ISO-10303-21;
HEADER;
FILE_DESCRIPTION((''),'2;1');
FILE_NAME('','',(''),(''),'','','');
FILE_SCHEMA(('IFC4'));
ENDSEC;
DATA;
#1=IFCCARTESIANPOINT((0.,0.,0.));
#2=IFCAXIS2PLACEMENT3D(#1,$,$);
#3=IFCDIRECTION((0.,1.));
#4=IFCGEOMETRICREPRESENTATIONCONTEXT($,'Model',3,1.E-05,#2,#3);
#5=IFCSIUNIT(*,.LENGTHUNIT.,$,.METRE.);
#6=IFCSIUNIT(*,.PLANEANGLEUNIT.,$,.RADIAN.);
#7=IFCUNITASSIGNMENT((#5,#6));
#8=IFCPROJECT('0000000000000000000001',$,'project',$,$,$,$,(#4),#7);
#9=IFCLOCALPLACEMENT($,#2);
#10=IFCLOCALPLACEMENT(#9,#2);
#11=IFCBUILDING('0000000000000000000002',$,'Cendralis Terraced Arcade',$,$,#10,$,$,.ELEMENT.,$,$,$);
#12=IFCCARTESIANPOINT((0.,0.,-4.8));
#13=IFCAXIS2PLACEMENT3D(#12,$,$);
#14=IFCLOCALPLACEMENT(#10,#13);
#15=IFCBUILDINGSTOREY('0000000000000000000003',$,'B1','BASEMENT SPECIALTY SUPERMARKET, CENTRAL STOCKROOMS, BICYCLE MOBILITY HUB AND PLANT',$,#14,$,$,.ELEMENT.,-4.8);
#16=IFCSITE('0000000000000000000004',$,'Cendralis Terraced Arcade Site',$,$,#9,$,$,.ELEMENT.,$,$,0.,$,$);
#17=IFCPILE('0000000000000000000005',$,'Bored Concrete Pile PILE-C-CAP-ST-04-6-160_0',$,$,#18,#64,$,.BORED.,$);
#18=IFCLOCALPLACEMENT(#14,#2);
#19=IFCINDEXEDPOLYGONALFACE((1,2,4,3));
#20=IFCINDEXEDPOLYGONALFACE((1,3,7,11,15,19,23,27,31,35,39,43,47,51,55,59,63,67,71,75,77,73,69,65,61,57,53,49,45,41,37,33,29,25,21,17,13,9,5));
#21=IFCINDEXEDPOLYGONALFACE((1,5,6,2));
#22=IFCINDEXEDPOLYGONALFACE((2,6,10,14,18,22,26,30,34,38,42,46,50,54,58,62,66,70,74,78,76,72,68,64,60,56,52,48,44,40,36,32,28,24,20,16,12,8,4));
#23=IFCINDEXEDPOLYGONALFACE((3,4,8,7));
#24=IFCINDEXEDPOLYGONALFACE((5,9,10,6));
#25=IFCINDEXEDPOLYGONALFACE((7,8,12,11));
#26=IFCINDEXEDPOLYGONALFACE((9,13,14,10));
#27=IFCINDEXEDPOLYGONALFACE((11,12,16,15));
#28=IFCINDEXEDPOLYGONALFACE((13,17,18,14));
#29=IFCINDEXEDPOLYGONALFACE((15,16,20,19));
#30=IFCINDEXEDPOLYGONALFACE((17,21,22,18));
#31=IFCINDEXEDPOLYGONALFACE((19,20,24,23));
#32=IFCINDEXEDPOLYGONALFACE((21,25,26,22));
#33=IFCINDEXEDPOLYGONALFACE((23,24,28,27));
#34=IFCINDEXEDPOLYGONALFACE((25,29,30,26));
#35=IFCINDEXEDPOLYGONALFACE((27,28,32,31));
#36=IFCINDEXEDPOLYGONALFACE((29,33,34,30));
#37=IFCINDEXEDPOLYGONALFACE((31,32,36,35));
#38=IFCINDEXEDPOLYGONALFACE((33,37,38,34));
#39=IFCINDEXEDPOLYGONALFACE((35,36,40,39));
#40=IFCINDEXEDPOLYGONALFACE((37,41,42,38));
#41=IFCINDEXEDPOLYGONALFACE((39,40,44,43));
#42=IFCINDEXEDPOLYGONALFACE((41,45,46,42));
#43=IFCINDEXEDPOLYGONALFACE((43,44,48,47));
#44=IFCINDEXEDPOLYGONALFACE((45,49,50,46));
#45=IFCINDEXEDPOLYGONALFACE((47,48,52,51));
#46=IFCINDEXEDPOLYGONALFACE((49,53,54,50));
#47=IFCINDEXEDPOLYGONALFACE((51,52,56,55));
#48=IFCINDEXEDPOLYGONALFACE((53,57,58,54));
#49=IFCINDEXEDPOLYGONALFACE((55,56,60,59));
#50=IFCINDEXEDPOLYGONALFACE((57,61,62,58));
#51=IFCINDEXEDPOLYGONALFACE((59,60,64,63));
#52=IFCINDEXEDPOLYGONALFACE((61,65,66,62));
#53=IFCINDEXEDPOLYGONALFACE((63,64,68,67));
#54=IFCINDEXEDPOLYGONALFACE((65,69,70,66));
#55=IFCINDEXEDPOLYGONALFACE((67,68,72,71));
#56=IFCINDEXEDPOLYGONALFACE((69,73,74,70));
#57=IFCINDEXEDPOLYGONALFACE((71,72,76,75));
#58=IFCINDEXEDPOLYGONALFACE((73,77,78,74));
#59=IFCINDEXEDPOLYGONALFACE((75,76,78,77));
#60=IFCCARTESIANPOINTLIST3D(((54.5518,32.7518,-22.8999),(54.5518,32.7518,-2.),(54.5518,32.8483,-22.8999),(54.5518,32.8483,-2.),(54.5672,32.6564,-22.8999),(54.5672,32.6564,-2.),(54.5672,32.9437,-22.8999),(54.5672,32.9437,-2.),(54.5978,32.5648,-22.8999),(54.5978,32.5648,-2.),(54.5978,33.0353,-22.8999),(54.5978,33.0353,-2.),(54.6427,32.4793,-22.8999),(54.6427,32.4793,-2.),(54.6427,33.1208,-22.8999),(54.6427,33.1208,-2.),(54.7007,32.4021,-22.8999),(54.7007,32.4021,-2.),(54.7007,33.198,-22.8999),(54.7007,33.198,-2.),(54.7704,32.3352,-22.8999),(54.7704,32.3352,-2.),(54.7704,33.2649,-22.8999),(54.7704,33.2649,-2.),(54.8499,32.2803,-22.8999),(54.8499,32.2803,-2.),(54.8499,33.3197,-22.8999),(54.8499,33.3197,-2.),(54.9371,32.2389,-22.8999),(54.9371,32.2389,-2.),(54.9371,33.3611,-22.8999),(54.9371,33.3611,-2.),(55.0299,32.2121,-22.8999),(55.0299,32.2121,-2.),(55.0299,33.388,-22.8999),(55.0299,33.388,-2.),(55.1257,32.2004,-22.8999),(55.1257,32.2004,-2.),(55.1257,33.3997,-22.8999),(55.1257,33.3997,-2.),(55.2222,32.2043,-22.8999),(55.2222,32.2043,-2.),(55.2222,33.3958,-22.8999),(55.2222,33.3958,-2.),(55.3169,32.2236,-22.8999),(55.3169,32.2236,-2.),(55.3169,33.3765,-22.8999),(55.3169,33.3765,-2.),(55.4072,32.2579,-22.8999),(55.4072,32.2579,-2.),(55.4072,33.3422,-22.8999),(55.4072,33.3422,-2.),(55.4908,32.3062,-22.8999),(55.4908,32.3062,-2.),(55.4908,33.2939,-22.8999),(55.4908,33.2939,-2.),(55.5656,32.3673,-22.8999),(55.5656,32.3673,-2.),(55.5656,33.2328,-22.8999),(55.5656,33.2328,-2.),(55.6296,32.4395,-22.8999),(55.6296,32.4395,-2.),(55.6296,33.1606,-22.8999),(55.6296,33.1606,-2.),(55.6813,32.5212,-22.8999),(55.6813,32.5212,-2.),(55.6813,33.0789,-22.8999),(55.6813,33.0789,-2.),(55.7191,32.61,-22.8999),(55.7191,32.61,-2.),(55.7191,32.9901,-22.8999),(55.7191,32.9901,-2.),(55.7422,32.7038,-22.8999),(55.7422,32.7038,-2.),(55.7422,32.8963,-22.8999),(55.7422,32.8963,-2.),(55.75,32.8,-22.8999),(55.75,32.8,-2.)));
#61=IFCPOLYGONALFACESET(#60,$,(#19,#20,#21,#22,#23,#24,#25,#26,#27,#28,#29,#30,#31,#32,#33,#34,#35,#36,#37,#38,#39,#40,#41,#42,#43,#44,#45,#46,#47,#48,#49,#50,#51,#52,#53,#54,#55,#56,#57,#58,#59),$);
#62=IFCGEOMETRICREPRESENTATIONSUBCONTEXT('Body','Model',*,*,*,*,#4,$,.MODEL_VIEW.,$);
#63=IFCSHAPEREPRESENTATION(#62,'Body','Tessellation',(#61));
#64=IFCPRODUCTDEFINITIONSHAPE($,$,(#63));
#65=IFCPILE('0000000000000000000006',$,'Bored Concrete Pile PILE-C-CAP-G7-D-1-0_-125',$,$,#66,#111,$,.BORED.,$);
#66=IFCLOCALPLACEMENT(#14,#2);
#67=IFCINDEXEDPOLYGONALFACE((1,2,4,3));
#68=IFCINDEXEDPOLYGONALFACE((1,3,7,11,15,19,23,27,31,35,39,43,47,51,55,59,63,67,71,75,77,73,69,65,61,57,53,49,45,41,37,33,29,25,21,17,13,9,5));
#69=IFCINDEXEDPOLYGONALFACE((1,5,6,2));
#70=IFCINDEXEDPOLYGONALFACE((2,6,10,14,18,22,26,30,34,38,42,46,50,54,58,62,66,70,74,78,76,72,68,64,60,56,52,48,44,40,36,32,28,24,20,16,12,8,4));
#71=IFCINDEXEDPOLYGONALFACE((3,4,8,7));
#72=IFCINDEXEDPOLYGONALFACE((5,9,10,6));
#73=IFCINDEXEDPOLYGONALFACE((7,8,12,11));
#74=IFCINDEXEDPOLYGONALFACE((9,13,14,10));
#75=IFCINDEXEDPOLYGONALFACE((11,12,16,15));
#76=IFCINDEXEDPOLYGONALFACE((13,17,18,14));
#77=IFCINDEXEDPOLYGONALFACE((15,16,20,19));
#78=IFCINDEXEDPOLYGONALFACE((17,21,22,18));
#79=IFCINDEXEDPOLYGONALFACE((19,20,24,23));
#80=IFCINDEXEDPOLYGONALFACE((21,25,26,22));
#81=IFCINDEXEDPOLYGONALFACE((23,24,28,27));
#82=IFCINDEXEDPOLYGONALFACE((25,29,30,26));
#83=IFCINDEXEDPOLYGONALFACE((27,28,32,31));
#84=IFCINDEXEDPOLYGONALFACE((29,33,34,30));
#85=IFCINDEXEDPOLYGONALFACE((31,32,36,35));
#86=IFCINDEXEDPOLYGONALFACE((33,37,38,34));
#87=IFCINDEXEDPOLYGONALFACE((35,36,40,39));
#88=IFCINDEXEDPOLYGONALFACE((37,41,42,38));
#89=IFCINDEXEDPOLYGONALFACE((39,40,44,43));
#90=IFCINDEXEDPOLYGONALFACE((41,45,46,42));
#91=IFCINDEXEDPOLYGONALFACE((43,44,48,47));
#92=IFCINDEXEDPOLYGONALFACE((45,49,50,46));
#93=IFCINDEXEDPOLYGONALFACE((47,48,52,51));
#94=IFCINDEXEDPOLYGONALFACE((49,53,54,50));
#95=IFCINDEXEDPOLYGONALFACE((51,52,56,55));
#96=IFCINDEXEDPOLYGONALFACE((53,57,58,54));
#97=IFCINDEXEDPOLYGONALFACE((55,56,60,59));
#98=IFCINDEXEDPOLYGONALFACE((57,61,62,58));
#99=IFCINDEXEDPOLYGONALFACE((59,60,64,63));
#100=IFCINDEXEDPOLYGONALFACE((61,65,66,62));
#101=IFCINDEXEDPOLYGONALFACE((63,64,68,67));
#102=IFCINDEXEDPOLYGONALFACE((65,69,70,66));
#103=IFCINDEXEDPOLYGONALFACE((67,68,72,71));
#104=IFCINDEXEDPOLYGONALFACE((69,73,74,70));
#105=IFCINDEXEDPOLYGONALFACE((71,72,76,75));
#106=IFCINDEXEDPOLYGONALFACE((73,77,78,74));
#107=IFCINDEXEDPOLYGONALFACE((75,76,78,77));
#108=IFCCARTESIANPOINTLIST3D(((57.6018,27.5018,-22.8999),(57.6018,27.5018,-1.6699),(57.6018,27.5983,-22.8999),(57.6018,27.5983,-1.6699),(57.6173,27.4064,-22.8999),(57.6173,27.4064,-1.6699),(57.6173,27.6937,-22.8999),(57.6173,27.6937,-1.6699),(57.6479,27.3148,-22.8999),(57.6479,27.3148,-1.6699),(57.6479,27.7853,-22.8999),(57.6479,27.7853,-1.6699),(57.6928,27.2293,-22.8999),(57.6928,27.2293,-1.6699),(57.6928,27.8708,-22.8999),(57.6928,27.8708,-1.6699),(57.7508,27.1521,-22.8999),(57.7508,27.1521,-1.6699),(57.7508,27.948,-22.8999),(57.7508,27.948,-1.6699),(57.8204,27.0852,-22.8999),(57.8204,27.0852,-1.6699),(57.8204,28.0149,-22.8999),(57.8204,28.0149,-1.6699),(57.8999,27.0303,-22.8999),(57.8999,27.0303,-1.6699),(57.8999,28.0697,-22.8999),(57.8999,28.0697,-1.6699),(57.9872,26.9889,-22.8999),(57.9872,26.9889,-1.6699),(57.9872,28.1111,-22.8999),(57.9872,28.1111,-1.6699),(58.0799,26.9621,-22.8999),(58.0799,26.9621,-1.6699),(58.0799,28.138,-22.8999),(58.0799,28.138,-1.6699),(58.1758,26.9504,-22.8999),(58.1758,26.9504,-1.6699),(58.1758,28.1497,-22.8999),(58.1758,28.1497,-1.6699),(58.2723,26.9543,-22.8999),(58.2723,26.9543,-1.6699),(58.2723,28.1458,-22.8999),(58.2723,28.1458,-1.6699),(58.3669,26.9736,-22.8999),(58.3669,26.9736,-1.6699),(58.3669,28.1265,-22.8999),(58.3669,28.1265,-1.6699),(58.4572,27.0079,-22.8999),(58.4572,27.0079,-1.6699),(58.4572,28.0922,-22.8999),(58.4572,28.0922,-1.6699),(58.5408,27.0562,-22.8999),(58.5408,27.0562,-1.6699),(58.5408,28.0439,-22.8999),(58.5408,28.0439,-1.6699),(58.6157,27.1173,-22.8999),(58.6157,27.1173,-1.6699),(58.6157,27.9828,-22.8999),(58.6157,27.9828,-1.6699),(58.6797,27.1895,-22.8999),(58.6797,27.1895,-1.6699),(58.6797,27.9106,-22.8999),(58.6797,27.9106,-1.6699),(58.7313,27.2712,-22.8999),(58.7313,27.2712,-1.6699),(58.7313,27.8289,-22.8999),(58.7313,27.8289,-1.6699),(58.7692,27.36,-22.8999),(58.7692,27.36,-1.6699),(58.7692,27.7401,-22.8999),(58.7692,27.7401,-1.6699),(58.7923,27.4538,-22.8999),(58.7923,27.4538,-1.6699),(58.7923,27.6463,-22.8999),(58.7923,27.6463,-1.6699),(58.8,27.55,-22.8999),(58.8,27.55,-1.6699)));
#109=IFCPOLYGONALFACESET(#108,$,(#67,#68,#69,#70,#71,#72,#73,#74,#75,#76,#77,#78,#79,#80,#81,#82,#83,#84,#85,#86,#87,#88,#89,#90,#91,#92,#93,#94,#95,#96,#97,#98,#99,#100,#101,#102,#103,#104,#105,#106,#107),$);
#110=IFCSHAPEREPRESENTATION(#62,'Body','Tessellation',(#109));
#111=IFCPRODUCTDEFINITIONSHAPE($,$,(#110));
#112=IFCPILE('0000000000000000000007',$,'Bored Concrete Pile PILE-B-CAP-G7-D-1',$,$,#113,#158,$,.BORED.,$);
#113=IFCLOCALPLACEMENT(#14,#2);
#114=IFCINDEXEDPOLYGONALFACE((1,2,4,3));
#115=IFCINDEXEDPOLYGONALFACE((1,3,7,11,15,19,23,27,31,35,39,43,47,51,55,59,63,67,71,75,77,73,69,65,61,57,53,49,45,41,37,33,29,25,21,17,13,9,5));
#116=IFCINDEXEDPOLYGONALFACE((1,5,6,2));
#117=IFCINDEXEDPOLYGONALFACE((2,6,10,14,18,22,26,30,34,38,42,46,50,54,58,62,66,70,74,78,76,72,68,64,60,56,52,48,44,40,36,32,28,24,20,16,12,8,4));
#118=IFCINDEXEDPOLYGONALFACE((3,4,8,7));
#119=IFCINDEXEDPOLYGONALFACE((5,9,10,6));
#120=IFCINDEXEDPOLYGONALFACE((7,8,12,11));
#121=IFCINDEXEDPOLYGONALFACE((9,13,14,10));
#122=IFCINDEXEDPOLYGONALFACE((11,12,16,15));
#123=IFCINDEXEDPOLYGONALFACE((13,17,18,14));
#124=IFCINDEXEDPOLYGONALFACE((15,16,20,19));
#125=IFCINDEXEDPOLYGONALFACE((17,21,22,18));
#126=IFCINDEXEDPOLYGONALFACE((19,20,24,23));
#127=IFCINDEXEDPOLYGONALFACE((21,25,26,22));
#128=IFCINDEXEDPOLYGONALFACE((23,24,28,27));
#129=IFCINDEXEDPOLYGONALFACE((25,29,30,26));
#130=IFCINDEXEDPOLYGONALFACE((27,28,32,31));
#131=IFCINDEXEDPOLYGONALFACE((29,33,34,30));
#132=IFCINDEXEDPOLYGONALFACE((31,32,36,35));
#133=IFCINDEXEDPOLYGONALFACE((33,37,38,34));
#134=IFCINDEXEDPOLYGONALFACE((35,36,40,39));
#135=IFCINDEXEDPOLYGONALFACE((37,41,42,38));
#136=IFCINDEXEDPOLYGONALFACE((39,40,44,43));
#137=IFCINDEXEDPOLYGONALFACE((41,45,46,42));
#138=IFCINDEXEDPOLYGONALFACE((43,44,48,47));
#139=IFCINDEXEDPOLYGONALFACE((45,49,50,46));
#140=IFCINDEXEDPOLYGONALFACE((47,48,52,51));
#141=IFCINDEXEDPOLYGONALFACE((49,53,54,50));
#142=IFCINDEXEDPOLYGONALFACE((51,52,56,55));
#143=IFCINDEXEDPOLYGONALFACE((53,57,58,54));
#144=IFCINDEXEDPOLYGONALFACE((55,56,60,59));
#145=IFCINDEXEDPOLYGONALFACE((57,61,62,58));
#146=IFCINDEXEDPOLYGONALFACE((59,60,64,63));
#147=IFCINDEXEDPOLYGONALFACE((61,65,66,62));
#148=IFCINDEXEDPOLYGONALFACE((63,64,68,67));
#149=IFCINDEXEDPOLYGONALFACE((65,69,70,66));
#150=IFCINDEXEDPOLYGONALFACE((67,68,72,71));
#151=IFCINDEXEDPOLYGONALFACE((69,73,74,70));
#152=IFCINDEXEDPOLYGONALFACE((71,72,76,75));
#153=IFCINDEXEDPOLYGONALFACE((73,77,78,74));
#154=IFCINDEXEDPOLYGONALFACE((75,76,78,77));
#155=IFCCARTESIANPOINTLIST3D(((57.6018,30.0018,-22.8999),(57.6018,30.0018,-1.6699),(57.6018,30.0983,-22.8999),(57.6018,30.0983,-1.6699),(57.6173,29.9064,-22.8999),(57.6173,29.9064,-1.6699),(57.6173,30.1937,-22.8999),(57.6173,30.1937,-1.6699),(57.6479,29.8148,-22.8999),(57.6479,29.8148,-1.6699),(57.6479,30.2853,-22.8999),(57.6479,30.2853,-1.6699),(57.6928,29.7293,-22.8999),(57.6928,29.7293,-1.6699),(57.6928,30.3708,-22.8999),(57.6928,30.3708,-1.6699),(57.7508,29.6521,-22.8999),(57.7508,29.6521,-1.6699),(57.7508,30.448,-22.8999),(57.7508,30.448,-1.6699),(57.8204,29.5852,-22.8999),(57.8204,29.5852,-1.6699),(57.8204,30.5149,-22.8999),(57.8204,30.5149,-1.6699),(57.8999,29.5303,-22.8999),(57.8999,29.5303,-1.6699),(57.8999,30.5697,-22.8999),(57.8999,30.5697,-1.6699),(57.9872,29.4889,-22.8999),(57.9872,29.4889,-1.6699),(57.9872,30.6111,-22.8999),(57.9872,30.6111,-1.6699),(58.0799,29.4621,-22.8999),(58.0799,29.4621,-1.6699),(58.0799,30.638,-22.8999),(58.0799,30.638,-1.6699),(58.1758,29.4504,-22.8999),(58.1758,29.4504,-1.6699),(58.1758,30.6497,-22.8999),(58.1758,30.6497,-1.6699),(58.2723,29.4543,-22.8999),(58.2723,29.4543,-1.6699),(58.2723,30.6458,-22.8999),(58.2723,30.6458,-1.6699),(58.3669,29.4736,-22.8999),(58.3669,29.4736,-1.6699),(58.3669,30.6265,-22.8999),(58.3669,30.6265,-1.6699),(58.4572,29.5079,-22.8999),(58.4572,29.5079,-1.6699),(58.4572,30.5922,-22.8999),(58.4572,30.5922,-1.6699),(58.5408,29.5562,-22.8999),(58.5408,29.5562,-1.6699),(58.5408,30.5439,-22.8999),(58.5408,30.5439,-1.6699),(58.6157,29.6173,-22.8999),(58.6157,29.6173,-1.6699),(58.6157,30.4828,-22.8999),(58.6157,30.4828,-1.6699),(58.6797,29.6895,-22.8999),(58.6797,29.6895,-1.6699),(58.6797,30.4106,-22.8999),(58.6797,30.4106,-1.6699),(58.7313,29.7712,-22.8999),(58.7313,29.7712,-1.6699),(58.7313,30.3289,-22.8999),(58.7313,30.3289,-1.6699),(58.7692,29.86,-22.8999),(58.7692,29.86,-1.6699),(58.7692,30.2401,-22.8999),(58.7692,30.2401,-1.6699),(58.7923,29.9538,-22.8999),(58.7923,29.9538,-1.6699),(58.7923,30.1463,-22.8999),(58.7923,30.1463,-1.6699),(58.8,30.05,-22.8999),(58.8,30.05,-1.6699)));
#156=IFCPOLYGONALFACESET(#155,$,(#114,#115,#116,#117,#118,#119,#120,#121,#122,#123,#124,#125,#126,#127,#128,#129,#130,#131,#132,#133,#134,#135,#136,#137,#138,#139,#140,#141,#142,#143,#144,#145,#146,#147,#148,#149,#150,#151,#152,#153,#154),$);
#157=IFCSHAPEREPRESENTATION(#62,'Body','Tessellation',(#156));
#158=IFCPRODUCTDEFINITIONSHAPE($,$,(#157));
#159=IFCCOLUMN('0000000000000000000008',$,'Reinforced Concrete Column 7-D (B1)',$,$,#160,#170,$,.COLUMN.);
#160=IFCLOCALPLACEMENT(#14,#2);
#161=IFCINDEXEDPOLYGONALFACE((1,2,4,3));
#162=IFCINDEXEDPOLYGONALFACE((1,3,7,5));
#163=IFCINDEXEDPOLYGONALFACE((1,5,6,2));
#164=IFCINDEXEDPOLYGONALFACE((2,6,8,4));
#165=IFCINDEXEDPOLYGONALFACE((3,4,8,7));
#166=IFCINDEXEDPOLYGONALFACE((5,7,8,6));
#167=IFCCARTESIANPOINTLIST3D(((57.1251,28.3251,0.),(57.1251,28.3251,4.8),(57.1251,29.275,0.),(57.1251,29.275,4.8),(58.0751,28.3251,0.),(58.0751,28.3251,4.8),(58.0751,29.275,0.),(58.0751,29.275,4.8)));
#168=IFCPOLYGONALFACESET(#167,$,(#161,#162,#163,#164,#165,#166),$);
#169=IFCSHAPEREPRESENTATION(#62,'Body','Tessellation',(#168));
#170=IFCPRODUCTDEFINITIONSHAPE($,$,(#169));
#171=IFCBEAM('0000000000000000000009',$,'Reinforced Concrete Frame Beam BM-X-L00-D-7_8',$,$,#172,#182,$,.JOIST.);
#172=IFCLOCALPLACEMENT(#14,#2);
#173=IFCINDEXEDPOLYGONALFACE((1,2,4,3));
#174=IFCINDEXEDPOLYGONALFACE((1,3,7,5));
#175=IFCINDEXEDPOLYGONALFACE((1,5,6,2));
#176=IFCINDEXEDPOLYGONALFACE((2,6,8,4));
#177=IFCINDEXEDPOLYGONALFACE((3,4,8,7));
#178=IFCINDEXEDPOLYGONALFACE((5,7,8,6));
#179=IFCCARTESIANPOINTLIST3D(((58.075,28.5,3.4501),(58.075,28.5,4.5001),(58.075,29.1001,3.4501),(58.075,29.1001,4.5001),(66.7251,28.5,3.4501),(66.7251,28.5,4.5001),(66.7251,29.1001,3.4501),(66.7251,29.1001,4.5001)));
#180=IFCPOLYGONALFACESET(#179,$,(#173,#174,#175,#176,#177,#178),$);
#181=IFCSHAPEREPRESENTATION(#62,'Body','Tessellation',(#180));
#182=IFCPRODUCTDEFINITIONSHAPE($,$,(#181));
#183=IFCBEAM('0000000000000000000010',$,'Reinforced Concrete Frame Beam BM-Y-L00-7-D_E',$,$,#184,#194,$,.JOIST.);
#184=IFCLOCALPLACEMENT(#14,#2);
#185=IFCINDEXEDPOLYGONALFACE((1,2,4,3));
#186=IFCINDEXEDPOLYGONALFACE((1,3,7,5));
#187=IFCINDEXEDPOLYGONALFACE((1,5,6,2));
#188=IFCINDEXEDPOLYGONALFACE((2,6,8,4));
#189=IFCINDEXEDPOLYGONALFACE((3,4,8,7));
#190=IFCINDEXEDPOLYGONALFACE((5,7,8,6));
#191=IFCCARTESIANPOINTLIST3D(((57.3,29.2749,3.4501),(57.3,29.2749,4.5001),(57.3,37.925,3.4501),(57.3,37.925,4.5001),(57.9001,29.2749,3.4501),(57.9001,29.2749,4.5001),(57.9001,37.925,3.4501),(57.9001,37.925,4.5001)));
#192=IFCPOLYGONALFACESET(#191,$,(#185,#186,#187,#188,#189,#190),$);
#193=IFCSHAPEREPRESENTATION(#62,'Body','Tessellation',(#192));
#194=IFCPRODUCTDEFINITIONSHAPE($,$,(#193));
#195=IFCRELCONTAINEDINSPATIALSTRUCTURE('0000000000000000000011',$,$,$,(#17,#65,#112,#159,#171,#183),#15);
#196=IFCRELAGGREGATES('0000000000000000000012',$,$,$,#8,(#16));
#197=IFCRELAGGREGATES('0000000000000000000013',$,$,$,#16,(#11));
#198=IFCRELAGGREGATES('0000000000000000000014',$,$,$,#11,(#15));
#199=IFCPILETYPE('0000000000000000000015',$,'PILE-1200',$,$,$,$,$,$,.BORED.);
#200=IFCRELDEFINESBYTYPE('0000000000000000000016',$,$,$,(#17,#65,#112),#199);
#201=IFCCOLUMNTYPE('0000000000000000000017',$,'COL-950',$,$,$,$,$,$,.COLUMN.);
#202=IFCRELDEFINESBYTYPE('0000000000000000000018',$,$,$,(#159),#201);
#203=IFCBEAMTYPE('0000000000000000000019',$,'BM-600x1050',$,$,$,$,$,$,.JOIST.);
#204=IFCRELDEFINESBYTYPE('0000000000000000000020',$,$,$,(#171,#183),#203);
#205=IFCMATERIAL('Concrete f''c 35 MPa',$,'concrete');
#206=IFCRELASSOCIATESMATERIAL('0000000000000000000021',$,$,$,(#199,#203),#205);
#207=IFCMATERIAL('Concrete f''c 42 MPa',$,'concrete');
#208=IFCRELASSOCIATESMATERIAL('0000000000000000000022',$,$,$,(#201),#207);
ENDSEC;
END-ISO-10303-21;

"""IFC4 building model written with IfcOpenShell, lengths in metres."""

from ifc_helpers import new_model, si_unit, direction, frame, origin, origin_2d, place, context, subcontext, project, spatial, rectangle, circle, extrude, material, material_profile, profile_set, type_object, element, save


model = new_model("IFC4")

# Units and contexts
model_context = context("Model", 3, precision=1e-05, world=origin(), true_north=direction((0.0, 1.0)))
body_context = subcontext(model_context, "Body", "Model", "MODEL_VIEW")
ifc_project = project(units=[si_unit("LENGTHUNIT", "METRE"), si_unit("PLANEANGLEUNIT", "RADIAN")], contexts=[model_context])

# Site, building, storey
site_placement = place(None, origin())
site = spatial("IfcSite", under=ifc_project, at=site_placement, Name="Cendralis Terraced Arcade Site", CompositionType="ELEMENT", RefElevation=0.0)
building_placement = place(site_placement, origin())
building = spatial("IfcBuilding", under=site, at=building_placement, Name="Cendralis Terraced Arcade", CompositionType="ELEMENT")
storey_placement = place(building_placement, frame((0.0, 0.0, -4.8)))
storey = spatial("IfcBuildingStorey", under=building, at=storey_placement, Name="B1", Description="BASEMENT SPECIALTY SUPERMARKET, CENTRAL STOCKROOMS, BICYCLE MOBILITY HUB AND PLANT", CompositionType="ELEMENT", Elevation=-4.8)

# Shared definitions
ifc_material_1 = material(Name="Concrete f'c 35 MPa", Category="concrete")

# Piles
ifc_material_profile_1 = material_profile(ifc_material_1, circle(Radius=0.6001, at=origin_2d()), Name="PILE-D1200", Category="LoadBearing")
ifc_profile_set_1 = profile_set([ifc_material_profile_1], Name="Concrete f'c 35 MPa")
pile_type = type_object("IfcPileType", Name="PILE-1200", PredefinedType="BORED", material=ifc_profile_set_1)
for number, where, z_axis, x_axis, name in (
    (1, (55.1499, 32.8, -2.0), (0.0, 0.0, -1.0), (1.0, 0.0, 0.0), "Bored Concrete Pile PILE-C-CAP-ST-04-6-160_0"),
):
    element("IfcPile", number, at=place(storey_placement, frame(where, z_axis=z_axis, x_axis=x_axis)), inside=storey, type_object=pile_type, Name=name, PredefinedType="BORED", context=body_context, shape_type="SweptSolid", body=[
        extrude(circle(Radius=0.6001, at=origin_2d()), origin(), (0.0, 0.0, 1.0), 20.8999),
    ])
for number, where, z_axis, x_axis, name in (
    (2, (58.2, 27.55, -1.6699), (0.0, 0.0, -1.0), (1.0, 0.0, 0.0), "Bored Concrete Pile PILE-C-CAP-G7-D-1-0_-125"),
    (3, (58.2, 30.05, -1.6699), (0.0, 0.0, -1.0), (1.0, 0.0, 0.0), "Bored Concrete Pile PILE-B-CAP-G7-D-1"),
):
    element("IfcPile", number, at=place(storey_placement, frame(where, z_axis=z_axis, x_axis=x_axis)), inside=storey, type_object=pile_type, Name=name, PredefinedType="BORED", context=body_context, shape_type="SweptSolid", body=[
        extrude(circle(Radius=0.6001, at=origin_2d()), origin(), (0.0, 0.0, 1.0), 21.23),
    ])

# Column
ifc_material_2 = material(Name="Concrete f'c 42 MPa", Category="concrete")
ifc_material_profile_2 = material_profile(ifc_material_2, rectangle(XDim=0.95, YDim=0.95, at=origin_2d()), Name="RC-COL-950x950", Category="LoadBearing")
ifc_profile_set_2 = profile_set([ifc_material_profile_2], Name="Concrete f'c 42 MPa")
column_type = type_object("IfcColumnType", Name="COL-950", PredefinedType="COLUMN", material=ifc_profile_set_2)
column_placement = place(storey_placement, frame((57.6001, 28.8, 0.0), z_axis=(0.0, 0.0, 1.0), x_axis=(1.0, 0.0, 0.0)))
element("IfcColumn", 4, at=column_placement, inside=storey, type_object=column_type, Name="Reinforced Concrete Column 7-D (B1)", PredefinedType="COLUMN", context=body_context, shape_type="SweptSolid", body=[
    extrude(rectangle(XDim=0.95, YDim=0.95, at=origin_2d()), origin(), (0.0, 0.0, 1.0), 4.8),
])

# Beams
ifc_material_profile_3 = material_profile(ifc_material_1, rectangle(XDim=0.6001, YDim=1.05, at=origin_2d()), Name="RC-BM-600x1050", Category="LoadBearing")
ifc_profile_set_3 = profile_set([ifc_material_profile_3], Name="Concrete f'c 35 MPa")
beam_type = type_object("IfcBeamType", Name="BM-600x1050", PredefinedType="JOIST", material=ifc_profile_set_3)
for number, where, z_axis, x_axis, name in (
    (5, (58.075, 28.8, 3.9751), (1.0, 0.0, 0.0), (0.0, 1.0, 0.0), "Reinforced Concrete Frame Beam BM-X-L00-D-7_8"),
    (6, (57.6001, 29.2749, 3.9751), (0.0, 1.0, 0.0), (-1.0, 0.0, 0.0), "Reinforced Concrete Frame Beam BM-Y-L00-7-D_E"),
):
    element("IfcBeam", number, at=place(storey_placement, frame(where, z_axis=z_axis, x_axis=x_axis)), inside=storey, type_object=beam_type, Name=name, PredefinedType="JOIST", context=body_context, shape_type="SweptSolid", body=[
        extrude(rectangle(XDim=0.6001, YDim=1.05, at=origin_2d()), origin(), (0.0, 0.0, 1.0), 8.6501),
    ])

save(model, "model.ifc")
